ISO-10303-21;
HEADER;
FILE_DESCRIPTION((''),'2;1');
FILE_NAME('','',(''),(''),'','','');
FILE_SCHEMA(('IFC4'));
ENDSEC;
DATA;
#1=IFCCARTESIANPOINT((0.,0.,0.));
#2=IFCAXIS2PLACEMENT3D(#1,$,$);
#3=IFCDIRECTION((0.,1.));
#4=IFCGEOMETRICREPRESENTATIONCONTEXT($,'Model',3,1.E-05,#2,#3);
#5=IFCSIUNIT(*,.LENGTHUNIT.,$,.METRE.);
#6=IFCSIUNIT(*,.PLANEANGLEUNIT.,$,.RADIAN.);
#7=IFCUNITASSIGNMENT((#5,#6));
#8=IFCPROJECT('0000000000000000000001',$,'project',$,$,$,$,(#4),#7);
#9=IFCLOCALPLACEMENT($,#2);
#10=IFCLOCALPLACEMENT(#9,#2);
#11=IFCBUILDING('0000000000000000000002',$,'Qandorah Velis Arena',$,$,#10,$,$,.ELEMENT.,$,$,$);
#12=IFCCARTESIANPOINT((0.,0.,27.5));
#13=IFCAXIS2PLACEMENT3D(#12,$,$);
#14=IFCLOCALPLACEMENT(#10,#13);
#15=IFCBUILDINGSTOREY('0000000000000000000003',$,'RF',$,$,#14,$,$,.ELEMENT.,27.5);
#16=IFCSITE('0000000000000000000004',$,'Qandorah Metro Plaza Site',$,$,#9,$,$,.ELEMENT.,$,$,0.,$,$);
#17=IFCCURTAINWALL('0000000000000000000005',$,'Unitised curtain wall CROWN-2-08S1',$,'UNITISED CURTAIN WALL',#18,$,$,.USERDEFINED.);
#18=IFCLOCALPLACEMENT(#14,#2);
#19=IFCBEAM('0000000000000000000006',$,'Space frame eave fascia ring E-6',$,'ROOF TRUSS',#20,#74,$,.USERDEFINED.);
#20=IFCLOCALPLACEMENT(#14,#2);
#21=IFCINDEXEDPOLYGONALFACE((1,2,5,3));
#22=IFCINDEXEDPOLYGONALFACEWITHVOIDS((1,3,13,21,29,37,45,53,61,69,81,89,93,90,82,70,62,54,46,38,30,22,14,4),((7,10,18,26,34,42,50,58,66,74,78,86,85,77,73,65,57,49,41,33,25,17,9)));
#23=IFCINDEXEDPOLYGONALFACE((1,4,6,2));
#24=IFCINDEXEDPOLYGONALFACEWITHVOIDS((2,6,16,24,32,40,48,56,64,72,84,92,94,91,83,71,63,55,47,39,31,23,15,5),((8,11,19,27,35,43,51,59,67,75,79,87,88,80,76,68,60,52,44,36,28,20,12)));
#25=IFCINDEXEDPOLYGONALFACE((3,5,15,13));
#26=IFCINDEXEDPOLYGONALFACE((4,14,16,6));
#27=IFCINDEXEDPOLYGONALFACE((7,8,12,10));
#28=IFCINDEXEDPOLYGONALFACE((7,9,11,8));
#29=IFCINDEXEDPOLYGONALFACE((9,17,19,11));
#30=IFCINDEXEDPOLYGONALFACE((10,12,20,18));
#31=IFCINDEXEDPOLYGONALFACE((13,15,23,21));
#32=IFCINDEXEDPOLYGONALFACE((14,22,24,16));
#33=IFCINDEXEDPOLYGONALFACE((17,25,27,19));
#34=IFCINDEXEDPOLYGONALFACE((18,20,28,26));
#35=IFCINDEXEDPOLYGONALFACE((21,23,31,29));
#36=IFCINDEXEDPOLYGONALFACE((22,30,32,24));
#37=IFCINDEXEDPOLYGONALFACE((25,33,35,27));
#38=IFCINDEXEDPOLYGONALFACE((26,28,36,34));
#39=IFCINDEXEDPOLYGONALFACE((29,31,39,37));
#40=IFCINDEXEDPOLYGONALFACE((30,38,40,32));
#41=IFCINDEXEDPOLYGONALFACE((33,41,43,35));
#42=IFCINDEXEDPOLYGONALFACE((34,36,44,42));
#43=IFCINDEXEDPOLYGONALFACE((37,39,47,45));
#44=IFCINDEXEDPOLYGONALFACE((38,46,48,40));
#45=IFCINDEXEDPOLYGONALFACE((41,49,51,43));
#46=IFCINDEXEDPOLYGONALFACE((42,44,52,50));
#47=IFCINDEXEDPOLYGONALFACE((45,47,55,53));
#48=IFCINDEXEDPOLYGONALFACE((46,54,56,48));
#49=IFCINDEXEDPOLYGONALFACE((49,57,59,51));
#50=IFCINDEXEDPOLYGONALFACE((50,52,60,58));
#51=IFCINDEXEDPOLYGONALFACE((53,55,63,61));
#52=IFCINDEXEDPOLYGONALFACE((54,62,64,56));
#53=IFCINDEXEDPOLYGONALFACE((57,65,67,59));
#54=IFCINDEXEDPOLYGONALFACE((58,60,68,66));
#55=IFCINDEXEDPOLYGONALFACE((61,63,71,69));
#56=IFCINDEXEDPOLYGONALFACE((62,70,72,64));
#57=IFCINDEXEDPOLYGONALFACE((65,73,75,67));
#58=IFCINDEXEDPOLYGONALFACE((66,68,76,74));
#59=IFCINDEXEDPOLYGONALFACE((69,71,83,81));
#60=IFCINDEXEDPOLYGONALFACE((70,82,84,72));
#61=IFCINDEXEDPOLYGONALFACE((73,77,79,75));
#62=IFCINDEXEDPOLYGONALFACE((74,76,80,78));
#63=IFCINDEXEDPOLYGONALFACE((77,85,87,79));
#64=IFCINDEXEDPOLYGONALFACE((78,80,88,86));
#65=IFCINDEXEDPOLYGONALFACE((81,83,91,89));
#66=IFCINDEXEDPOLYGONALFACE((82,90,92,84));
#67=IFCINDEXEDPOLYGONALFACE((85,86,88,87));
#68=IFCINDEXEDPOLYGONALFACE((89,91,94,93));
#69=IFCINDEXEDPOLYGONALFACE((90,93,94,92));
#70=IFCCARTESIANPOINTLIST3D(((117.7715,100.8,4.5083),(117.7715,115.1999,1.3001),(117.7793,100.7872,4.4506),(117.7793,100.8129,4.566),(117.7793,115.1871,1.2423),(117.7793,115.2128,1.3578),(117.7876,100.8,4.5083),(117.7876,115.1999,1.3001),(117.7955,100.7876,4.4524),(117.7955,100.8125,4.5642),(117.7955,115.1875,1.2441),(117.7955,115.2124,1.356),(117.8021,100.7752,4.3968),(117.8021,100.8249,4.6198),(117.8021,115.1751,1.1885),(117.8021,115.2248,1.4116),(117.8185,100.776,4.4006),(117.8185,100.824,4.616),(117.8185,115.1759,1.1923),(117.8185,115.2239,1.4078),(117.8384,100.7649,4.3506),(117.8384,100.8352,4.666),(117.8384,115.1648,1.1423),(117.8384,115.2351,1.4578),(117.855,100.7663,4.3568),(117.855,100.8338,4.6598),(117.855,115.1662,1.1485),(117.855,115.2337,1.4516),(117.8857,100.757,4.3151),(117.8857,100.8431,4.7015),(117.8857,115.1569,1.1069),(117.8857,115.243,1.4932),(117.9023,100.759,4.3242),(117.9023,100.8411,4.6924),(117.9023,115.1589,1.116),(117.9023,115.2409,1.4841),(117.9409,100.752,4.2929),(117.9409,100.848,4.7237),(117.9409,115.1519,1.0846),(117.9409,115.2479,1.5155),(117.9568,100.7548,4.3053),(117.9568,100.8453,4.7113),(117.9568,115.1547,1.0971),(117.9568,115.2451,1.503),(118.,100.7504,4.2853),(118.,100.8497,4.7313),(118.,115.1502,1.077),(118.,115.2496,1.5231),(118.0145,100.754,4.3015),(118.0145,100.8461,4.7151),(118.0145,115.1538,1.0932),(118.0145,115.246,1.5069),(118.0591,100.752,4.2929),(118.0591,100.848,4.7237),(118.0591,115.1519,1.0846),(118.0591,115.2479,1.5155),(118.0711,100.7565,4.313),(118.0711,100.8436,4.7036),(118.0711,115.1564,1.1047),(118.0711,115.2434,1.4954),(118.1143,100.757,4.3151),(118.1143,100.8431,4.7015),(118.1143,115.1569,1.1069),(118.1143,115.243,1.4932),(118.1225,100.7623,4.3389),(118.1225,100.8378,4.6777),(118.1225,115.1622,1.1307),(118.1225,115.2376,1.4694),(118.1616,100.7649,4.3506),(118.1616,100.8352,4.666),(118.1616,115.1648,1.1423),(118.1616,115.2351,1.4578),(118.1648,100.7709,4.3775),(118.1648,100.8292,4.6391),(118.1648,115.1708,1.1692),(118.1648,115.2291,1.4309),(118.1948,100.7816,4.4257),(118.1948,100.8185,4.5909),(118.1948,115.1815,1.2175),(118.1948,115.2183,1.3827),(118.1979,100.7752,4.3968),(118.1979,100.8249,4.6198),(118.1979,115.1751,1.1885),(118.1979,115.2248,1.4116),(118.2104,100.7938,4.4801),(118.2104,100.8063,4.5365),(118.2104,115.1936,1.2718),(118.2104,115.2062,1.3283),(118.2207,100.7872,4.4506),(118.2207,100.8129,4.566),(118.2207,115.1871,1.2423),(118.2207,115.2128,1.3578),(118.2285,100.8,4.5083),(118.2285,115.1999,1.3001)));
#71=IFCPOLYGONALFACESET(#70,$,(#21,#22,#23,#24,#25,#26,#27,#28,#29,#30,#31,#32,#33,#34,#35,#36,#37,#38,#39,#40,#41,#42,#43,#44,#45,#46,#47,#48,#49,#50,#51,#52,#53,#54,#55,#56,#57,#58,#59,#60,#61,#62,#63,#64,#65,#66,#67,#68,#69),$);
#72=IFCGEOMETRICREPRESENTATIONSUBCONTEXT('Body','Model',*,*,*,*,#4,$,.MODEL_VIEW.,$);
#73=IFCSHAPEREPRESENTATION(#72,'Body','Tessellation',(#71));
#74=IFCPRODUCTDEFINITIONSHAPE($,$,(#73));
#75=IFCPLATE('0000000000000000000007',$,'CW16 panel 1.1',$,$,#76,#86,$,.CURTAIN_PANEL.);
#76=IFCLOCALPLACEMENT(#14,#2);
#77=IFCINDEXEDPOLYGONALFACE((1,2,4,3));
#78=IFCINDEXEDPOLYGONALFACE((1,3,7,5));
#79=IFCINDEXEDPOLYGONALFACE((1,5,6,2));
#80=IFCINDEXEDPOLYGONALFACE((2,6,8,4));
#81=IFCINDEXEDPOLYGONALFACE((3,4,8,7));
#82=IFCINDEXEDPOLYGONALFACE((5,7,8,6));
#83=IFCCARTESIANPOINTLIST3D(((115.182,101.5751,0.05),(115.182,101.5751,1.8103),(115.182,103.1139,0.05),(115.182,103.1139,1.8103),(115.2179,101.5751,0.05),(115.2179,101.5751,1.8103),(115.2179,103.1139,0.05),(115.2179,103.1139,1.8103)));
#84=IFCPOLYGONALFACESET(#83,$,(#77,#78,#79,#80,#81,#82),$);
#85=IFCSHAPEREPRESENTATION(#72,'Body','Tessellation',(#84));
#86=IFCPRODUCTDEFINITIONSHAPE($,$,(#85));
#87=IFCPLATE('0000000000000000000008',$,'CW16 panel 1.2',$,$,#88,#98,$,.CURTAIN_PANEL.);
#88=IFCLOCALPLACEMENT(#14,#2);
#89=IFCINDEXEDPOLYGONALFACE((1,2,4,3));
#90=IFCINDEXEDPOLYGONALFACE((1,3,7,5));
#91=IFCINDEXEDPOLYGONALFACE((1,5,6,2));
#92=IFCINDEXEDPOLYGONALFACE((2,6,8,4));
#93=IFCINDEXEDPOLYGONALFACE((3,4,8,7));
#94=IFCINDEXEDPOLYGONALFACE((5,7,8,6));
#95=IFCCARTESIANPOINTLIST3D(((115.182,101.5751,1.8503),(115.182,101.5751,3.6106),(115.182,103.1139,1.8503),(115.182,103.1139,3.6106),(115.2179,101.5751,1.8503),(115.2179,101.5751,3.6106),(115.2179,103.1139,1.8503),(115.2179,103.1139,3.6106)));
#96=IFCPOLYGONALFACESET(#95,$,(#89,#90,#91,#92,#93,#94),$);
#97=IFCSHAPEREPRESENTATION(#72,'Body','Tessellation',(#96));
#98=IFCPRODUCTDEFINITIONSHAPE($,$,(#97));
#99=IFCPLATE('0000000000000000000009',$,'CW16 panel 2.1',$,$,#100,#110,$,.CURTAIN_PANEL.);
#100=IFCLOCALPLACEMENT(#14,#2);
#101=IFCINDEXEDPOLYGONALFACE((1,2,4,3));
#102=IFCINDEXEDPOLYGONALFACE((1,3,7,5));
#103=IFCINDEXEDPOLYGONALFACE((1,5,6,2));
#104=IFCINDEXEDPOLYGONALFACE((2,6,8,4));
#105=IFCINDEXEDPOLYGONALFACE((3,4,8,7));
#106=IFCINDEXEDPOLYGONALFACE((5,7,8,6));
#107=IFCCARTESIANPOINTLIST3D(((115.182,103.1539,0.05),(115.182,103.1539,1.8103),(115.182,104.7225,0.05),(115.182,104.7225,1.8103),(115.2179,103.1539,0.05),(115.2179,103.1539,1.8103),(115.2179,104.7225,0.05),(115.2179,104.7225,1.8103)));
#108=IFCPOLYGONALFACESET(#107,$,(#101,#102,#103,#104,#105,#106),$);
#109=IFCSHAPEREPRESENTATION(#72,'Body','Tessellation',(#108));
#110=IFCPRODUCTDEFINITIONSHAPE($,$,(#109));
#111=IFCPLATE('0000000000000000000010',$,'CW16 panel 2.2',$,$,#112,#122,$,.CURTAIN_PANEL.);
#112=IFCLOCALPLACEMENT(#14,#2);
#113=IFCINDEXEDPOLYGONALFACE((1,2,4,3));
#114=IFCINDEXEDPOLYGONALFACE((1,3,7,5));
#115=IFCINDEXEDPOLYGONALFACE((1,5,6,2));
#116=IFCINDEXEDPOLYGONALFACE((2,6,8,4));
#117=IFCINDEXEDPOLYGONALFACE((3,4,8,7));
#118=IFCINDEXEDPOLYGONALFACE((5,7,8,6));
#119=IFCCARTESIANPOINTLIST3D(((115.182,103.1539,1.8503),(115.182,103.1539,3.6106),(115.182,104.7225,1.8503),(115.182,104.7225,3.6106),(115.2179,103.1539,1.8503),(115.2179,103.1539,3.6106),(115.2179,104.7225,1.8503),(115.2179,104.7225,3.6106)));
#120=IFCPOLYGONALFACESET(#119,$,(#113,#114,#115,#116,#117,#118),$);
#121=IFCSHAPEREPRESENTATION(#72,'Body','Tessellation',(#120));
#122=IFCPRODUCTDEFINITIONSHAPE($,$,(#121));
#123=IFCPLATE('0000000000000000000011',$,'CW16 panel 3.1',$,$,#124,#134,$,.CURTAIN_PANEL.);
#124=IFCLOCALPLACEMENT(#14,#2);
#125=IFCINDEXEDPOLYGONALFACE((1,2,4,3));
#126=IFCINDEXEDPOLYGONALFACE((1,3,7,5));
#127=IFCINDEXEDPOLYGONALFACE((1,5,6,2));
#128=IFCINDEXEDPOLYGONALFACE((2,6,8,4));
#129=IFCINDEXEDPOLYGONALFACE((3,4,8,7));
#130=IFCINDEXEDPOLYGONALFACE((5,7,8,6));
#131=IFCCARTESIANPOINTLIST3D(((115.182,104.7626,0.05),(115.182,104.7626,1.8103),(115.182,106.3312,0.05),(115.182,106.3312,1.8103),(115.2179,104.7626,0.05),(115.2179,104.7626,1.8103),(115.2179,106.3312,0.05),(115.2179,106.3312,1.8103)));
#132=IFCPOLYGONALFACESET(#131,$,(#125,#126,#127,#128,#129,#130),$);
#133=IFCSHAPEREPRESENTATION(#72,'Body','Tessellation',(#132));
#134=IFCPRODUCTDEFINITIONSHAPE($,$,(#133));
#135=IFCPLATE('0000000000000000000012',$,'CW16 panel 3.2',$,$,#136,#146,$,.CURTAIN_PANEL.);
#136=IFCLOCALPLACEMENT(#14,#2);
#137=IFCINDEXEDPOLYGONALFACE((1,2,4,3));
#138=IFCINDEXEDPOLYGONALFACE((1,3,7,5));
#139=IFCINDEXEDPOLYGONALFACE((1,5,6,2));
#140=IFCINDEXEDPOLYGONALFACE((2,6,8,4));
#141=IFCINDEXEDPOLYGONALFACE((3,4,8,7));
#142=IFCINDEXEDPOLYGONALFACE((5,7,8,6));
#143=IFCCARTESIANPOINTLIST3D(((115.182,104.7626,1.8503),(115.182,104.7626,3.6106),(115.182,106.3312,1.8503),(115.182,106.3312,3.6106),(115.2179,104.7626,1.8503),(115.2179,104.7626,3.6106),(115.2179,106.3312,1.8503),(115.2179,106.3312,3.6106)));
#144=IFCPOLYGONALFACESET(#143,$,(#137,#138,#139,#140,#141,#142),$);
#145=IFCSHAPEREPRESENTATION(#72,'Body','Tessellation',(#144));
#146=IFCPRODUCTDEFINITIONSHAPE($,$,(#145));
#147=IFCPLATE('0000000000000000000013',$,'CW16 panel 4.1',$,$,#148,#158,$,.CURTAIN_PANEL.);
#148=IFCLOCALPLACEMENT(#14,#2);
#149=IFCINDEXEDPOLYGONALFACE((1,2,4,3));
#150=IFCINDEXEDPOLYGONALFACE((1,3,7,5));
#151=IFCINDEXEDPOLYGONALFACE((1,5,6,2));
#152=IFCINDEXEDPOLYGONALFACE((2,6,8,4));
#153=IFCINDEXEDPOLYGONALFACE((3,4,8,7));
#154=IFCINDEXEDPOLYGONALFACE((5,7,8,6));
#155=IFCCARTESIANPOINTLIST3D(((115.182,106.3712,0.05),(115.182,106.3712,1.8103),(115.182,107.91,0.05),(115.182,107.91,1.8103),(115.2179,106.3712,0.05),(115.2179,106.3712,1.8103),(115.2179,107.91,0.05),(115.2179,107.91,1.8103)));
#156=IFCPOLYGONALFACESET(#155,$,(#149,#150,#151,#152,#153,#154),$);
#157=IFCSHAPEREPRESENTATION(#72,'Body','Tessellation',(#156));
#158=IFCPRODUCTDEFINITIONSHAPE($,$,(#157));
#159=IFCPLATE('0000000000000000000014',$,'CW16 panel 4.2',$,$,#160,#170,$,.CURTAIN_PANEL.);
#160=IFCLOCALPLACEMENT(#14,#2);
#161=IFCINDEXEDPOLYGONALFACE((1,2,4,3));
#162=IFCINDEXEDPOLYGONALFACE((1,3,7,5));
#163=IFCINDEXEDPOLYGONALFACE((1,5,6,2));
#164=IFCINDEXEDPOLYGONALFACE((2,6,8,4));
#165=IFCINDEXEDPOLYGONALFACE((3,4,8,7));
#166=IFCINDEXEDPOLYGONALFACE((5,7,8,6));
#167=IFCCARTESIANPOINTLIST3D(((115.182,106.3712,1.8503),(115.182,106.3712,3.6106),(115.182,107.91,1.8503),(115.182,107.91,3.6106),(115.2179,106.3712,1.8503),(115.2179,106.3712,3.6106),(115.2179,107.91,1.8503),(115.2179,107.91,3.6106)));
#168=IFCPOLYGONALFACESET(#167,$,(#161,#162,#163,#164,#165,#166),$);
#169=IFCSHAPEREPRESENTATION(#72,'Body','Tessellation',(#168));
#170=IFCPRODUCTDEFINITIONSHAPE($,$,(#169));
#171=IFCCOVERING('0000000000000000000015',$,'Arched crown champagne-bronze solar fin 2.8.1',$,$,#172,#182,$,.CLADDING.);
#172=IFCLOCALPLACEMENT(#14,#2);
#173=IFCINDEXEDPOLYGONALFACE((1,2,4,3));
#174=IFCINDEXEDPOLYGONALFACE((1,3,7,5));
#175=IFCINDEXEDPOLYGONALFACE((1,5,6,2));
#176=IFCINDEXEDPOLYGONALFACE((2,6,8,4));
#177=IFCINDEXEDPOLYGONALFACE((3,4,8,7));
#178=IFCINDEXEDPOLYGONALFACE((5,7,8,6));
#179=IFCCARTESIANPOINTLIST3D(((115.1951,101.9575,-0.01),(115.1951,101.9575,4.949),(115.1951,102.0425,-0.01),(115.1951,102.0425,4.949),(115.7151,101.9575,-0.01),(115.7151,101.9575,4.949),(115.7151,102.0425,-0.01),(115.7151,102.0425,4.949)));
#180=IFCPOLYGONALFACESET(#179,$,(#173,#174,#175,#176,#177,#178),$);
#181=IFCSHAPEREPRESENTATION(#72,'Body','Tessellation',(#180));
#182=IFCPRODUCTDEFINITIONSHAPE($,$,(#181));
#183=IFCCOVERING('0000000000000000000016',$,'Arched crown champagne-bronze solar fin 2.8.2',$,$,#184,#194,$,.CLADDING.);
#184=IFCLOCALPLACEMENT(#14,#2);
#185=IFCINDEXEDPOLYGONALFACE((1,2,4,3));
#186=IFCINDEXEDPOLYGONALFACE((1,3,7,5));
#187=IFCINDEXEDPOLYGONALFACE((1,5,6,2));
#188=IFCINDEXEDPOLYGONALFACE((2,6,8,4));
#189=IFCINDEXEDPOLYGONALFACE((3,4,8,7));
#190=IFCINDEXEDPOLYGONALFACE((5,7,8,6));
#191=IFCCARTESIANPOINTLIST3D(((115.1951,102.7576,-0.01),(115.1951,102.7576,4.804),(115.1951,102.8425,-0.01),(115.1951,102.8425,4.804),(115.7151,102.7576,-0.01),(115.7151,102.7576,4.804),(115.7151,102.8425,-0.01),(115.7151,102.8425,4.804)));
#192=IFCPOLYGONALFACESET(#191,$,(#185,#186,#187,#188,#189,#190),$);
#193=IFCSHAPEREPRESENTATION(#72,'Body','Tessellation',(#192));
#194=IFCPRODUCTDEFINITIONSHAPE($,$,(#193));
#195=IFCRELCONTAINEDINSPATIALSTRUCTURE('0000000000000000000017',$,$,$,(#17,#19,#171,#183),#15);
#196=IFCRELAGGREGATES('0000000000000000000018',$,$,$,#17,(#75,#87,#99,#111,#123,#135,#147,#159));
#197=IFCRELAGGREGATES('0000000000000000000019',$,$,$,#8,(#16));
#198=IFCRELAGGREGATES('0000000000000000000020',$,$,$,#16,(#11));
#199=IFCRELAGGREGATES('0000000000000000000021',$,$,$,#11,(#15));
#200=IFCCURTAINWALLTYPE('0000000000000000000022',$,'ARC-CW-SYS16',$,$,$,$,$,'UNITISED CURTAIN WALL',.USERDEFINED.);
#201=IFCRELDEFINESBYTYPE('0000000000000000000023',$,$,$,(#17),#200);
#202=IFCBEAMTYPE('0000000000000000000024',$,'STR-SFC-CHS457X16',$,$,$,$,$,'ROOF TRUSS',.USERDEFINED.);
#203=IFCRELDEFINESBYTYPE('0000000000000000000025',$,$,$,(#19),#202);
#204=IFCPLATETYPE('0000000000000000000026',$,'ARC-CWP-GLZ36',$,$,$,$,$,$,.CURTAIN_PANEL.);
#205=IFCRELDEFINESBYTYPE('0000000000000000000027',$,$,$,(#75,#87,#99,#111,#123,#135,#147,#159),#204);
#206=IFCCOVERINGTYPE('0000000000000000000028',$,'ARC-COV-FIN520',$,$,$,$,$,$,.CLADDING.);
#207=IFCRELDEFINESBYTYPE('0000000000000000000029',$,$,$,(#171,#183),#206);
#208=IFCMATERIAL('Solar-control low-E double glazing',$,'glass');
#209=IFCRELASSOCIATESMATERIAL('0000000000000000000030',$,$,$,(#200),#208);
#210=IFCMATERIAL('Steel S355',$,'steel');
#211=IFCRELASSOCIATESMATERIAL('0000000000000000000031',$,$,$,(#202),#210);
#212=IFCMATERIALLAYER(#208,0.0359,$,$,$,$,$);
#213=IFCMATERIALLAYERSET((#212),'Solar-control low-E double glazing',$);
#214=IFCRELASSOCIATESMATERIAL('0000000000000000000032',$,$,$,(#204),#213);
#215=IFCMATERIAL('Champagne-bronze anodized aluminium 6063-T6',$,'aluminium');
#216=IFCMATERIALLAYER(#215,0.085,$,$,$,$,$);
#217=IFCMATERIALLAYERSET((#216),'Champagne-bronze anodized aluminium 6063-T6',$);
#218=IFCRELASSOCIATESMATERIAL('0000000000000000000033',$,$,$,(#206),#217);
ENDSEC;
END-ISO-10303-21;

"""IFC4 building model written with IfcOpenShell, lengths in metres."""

from ifc_helpers import new_model, si_unit, direction, frame, origin, origin_2d, place, context, subcontext, project, spatial, rectangle, hollow_circle, extrude, material, layer, layer_set, material_profile, profile_set, type_object, element, aggregate, save


model = new_model("IFC4")

# Units and contexts
model_context = context("Model", 3, precision=1e-05, world=origin(), true_north=direction((0.0, 1.0)))
body_context = subcontext(model_context, "Body", "Model", "MODEL_VIEW")
ifc_project = project(units=[si_unit("LENGTHUNIT", "METRE"), si_unit("PLANEANGLEUNIT", "RADIAN")], contexts=[model_context])

# Site, building, storey
site_placement = place(None, origin())
site = spatial("IfcSite", under=ifc_project, at=site_placement, Name="Qandorah Metro Plaza Site", CompositionType="ELEMENT", RefElevation=0.0)
building_placement = place(site_placement, origin())
building = spatial("IfcBuilding", under=site, at=building_placement, Name="Qandorah Velis Arena", CompositionType="ELEMENT")
storey_placement = place(building_placement, frame((0.0, 0.0, 27.5)))
storey = spatial("IfcBuildingStorey", under=building, at=storey_placement, Name="RF", CompositionType="ELEMENT", Elevation=27.5)

# Curtain wall
ifc_material_1 = material(Name="Solar-control low-E double glazing", Category="glass")
curtain_wall_type_1 = type_object("IfcCurtainWallType", Name="ARC-CW-SYS16", ElementType="UNITISED CURTAIN WALL", PredefinedType="USERDEFINED", material=ifc_material_1)
curtain_wall_1_placement = place(storey_placement, origin())
curtain_wall_1 = element("IfcCurtainWall", 1, at=curtain_wall_1_placement, inside=storey, type_object=curtain_wall_type_1, Name="Unitised curtain wall CROWN-2-08S1", ObjectType="UNITISED CURTAIN WALL", PredefinedType="USERDEFINED")
ifc_material_2 = material(Name="Champagne-bronze anodized aluminium 6063-T6", Category="aluminium")

# Beam
ifc_material_3 = material(Name="Steel S355", Category="steel")
ifc_material_profile_1 = material_profile(ifc_material_3, hollow_circle(Radius=0.2285, WallThickness=0.0161, at=origin_2d()), Name="CHS 457x16")
ifc_profile_set_1 = profile_set([ifc_material_profile_1], Name="Steel S355")
beam_type = type_object("IfcBeamType", Name="STR-SFC-CHS457X16", ElementType="ROOF TRUSS", PredefinedType="USERDEFINED", material=ifc_profile_set_1)
beam_placement = place(storey_placement, frame((118.0, 100.8, 4.5083), z_axis=(0.0, 0.976068, -0.217465), x_axis=(-1.0, 0.0, 0.0)))
element("IfcBeam", 2, at=beam_placement, inside=storey, type_object=beam_type, Name="Space frame eave fascia ring E-6", ObjectType="ROOF TRUSS", PredefinedType="USERDEFINED", context=body_context, shape_type="SweptSolid", body=[
    extrude(hollow_circle(Radius=0.2285, WallThickness=0.0161, at=origin_2d()), origin(), (0.0, 0.0, 1.0), 14.7529),
])

# Plates
ifc_layer_1 = layer(ifc_material_1, 0.0359)
ifc_layer_set_1 = layer_set([ifc_layer_1], Name="Solar-control low-E double glazing")
plate_type = type_object("IfcPlateType", Name="ARC-CWP-GLZ36", PredefinedType="CURTAIN_PANEL", material=ifc_layer_set_1)
plate_1_placement = place(storey_placement, frame((115.2, 102.3445, 0.05), z_axis=(0.0, 0.0, 1.0), x_axis=(0.0, 1.0, 0.0)))
plate_1 = element("IfcPlate", 3, at=plate_1_placement, type_object=plate_type, Name="CW16 panel 1.1", PredefinedType="CURTAIN_PANEL", context=body_context, shape_type="SweptSolid", body=[
    extrude(rectangle(XDim=1.5388, YDim=0.0359, at=origin_2d()), origin(), (0.0, 0.0, 1.0), 1.7603),
])
plate_2_placement = place(storey_placement, frame((115.2, 102.3445, 1.8503), z_axis=(0.0, 0.0, 1.0), x_axis=(0.0, 1.0, 0.0)))
plate_2 = element("IfcPlate", 4, at=plate_2_placement, type_object=plate_type, Name="CW16 panel 1.2", PredefinedType="CURTAIN_PANEL", context=body_context, shape_type="SweptSolid", body=[
    extrude(rectangle(XDim=1.5388, YDim=0.0359, at=origin_2d()), origin(), (0.0, 0.0, 1.0), 1.7603),
])
plate_3_placement = place(storey_placement, frame((115.2, 103.9382, 0.05), z_axis=(0.0, 0.0, 1.0), x_axis=(0.0, 1.0, 0.0)))
plate_3 = element("IfcPlate", 5, at=plate_3_placement, type_object=plate_type, Name="CW16 panel 2.1", PredefinedType="CURTAIN_PANEL", context=body_context, shape_type="SweptSolid", body=[
    extrude(rectangle(XDim=1.5686, YDim=0.0359, at=origin_2d()), origin(), (0.0, 0.0, 1.0), 1.7603),
])
plate_4_placement = place(storey_placement, frame((115.2, 103.9382, 1.8503), z_axis=(0.0, 0.0, 1.0), x_axis=(0.0, 1.0, 0.0)))
plate_4 = element("IfcPlate", 6, at=plate_4_placement, type_object=plate_type, Name="CW16 panel 2.2", PredefinedType="CURTAIN_PANEL", context=body_context, shape_type="SweptSolid", body=[
    extrude(rectangle(XDim=1.5686, YDim=0.0359, at=origin_2d()), origin(), (0.0, 0.0, 1.0), 1.7603),
])
plate_5_placement = place(storey_placement, frame((115.2, 105.5469, 0.05), z_axis=(0.0, 0.0, 1.0), x_axis=(0.0, 1.0, 0.0)))
plate_5 = element("IfcPlate", 7, at=plate_5_placement, type_object=plate_type, Name="CW16 panel 3.1", PredefinedType="CURTAIN_PANEL", context=body_context, shape_type="SweptSolid", body=[
    extrude(rectangle(XDim=1.5686, YDim=0.0359, at=origin_2d()), origin(), (0.0, 0.0, 1.0), 1.7603),
])
plate_6_placement = place(storey_placement, frame((115.2, 105.5469, 1.8503), z_axis=(0.0, 0.0, 1.0), x_axis=(0.0, 1.0, 0.0)))
plate_6 = element("IfcPlate", 8, at=plate_6_placement, type_object=plate_type, Name="CW16 panel 3.2", PredefinedType="CURTAIN_PANEL", context=body_context, shape_type="SweptSolid", body=[
    extrude(rectangle(XDim=1.5686, YDim=0.0359, at=origin_2d()), origin(), (0.0, 0.0, 1.0), 1.7603),
])
plate_7_placement = place(storey_placement, frame((115.2, 107.1406, 0.05), z_axis=(0.0, 0.0, 1.0), x_axis=(0.0, 1.0, 0.0)))
plate_7 = element("IfcPlate", 9, at=plate_7_placement, type_object=plate_type, Name="CW16 panel 4.1", PredefinedType="CURTAIN_PANEL", context=body_context, shape_type="SweptSolid", body=[
    extrude(rectangle(XDim=1.5388, YDim=0.0359, at=origin_2d()), origin(), (0.0, 0.0, 1.0), 1.7603),
])
plate_8_placement = place(storey_placement, frame((115.2, 107.1406, 1.8503), z_axis=(0.0, 0.0, 1.0), x_axis=(0.0, 1.0, 0.0)))
plate_8 = element("IfcPlate", 10, at=plate_8_placement, type_object=plate_type, Name="CW16 panel 4.2", PredefinedType="CURTAIN_PANEL", context=body_context, shape_type="SweptSolid", body=[
    extrude(rectangle(XDim=1.5388, YDim=0.0359, at=origin_2d()), origin(), (0.0, 0.0, 1.0), 1.7603),
])
aggregate(curtain_wall_1, [plate_1, plate_2, plate_3, plate_4, plate_5, plate_6, plate_7, plate_8])

# Coverings
ifc_layer_2 = layer(ifc_material_2, 0.085)
ifc_layer_set_2 = layer_set([ifc_layer_2], Name="Champagne-bronze anodized aluminium 6063-T6")
covering_type_1 = type_object("IfcCoveringType", Name="ARC-COV-FIN520", PredefinedType="CLADDING", material=ifc_layer_set_2)
covering_1_placement = place(storey_placement, frame((115.4551, 102.0, -0.01), z_axis=(0.0, 0.0, 1.0), x_axis=(1.0, 0.0, 0.0)))
element("IfcCovering", 11, at=covering_1_placement, inside=storey, type_object=covering_type_1, Name="Arched crown champagne-bronze solar fin 2.8.1", PredefinedType="CLADDING", context=body_context, shape_type="SweptSolid", body=[
    extrude(rectangle(XDim=0.52, YDim=0.085, at=origin_2d()), origin(), (0.0, 0.0, 1.0), 4.959),
])
covering_2_placement = place(storey_placement, frame((115.4551, 102.8, -0.01), z_axis=(0.0, 0.0, 1.0), x_axis=(1.0, 0.0, 0.0)))
element("IfcCovering", 12, at=covering_2_placement, inside=storey, type_object=covering_type_1, Name="Arched crown champagne-bronze solar fin 2.8.2", PredefinedType="CLADDING", context=body_context, shape_type="SweptSolid", body=[
    extrude(rectangle(XDim=0.52, YDim=0.085, at=origin_2d()), origin(), (0.0, 0.0, 1.0), 4.814),
])

save(model, "model.ifc")
